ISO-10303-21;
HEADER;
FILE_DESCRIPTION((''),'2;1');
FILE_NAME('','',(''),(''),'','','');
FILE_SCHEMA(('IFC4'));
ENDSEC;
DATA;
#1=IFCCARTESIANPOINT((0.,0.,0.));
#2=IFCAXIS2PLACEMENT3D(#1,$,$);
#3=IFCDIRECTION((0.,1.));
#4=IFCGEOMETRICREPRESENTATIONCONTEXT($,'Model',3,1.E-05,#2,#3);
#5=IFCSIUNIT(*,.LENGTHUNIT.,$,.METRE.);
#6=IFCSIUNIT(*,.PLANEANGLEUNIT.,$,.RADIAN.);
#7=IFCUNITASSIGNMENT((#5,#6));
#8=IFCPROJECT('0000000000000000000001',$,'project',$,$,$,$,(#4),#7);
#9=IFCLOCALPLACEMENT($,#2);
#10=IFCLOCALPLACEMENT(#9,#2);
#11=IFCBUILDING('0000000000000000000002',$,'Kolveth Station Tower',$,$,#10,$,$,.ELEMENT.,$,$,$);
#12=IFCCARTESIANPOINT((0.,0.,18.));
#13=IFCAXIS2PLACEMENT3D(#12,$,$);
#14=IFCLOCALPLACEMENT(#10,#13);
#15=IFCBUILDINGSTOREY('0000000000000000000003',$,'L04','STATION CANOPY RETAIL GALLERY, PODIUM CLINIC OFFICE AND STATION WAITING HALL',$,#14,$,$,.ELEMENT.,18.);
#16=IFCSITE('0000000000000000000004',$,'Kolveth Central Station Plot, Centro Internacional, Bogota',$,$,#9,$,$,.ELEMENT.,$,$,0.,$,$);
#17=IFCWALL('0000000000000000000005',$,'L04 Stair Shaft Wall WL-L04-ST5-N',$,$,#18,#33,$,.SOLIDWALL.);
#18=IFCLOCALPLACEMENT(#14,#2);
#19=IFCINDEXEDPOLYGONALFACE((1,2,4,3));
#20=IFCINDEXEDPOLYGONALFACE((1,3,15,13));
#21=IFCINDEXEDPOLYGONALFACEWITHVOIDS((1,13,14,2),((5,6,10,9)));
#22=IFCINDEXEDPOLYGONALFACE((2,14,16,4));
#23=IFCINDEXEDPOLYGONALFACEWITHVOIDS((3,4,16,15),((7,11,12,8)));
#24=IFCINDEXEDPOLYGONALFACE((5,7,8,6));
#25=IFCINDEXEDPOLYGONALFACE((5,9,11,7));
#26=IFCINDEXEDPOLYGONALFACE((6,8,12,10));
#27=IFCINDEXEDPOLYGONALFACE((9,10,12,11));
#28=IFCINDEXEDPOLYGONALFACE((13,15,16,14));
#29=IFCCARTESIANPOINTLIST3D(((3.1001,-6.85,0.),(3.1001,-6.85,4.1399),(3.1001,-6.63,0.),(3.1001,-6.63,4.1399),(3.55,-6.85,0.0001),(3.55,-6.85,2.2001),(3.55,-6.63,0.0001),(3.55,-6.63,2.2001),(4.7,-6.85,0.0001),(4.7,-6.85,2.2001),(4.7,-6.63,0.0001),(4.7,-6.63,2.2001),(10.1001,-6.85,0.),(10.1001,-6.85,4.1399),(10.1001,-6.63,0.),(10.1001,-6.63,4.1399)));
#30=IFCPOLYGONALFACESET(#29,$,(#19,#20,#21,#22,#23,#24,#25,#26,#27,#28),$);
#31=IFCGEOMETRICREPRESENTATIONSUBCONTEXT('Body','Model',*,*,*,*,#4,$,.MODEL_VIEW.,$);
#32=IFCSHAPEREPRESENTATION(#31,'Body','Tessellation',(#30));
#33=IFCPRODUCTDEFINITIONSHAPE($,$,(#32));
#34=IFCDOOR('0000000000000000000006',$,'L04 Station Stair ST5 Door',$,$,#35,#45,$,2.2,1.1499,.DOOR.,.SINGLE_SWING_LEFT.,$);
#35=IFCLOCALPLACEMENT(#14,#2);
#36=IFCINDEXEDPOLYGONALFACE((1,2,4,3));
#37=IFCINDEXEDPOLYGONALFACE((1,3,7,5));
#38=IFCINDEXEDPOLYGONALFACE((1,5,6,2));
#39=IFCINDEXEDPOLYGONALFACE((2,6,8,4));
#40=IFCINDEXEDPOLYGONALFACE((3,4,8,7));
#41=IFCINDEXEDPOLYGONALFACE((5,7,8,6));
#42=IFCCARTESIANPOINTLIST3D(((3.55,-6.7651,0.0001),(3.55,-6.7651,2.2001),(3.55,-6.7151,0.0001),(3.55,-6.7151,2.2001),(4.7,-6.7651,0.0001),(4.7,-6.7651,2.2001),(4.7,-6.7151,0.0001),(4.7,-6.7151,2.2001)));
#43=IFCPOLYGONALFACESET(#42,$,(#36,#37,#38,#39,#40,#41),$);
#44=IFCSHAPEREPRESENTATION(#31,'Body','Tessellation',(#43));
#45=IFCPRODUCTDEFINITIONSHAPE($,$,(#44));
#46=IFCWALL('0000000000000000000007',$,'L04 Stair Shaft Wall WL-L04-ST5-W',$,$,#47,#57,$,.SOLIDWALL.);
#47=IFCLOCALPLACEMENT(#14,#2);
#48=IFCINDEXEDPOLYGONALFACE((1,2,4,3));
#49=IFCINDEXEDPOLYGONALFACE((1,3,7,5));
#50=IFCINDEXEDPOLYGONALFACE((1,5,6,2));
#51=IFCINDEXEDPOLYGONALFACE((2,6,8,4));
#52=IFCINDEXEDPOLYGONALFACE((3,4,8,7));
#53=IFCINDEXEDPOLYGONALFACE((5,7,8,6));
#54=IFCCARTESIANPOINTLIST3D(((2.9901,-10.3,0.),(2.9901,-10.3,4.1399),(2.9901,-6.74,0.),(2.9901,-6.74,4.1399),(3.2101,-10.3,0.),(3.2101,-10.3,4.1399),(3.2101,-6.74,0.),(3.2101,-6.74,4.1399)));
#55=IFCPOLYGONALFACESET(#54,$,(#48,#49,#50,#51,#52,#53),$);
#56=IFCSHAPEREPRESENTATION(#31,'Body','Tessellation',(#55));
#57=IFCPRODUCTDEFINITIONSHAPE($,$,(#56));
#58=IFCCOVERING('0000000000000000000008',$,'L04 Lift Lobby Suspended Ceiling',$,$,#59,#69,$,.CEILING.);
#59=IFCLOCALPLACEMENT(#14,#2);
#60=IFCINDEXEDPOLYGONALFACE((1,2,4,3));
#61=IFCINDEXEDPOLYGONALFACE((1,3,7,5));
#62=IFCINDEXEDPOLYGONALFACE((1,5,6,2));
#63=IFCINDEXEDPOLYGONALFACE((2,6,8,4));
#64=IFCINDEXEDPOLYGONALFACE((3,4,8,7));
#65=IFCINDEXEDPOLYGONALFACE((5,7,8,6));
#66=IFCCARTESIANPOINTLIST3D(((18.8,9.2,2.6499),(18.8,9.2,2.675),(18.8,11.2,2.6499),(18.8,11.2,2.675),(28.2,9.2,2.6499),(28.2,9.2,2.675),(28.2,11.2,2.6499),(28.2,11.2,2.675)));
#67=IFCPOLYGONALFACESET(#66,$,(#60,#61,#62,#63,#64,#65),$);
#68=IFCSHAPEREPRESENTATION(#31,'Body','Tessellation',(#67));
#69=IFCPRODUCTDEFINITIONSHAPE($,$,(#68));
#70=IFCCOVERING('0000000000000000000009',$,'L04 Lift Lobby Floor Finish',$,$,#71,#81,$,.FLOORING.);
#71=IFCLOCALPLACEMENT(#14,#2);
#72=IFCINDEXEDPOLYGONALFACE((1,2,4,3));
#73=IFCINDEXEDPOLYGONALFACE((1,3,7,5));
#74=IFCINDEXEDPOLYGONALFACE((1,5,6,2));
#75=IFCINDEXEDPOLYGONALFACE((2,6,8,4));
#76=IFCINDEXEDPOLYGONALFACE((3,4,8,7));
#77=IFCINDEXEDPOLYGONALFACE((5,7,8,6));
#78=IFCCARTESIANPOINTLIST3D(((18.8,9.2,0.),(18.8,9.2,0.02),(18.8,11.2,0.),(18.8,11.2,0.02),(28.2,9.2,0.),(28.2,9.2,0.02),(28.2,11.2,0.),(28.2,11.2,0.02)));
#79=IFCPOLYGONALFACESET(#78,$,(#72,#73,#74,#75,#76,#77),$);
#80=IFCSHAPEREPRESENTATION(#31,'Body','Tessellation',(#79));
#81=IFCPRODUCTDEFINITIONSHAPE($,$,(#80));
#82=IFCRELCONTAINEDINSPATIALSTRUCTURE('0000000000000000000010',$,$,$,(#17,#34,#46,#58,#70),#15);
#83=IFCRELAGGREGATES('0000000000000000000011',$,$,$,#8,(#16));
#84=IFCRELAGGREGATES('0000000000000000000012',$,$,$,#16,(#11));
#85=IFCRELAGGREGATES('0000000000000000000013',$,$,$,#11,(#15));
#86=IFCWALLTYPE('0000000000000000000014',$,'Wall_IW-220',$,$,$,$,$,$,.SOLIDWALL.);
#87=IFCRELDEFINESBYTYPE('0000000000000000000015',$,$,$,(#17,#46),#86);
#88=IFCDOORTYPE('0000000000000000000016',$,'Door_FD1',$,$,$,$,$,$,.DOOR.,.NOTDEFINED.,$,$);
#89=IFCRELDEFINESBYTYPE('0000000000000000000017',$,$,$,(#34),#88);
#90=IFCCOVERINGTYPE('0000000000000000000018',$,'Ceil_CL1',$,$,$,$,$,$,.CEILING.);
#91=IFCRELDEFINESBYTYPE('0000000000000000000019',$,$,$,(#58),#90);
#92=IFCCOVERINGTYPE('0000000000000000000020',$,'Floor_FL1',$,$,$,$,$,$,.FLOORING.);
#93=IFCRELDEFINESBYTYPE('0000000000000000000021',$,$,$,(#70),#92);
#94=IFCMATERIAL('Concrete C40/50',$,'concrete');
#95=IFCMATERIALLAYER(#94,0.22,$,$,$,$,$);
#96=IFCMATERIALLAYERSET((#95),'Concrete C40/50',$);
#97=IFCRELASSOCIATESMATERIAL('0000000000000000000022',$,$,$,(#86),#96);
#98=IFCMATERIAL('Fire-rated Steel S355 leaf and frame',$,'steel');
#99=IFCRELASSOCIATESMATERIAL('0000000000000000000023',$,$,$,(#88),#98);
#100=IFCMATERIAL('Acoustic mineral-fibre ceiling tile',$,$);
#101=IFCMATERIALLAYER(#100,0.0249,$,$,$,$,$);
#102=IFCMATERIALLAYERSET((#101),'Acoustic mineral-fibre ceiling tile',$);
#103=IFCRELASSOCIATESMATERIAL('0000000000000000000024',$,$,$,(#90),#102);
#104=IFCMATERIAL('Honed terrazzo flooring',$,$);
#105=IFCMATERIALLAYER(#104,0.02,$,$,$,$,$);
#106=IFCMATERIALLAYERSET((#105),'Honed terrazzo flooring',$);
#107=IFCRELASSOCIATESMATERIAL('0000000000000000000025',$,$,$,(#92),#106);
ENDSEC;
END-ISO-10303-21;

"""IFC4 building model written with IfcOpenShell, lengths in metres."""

from ifc_helpers import new_model, si_unit, direction, frame, frame_2d, origin, place, context, subcontext, project, spatial, polyline, rectangle, outline, extrude, material, layer, layer_set, type_object, element, fill, save


model = new_model("IFC4")

# Units and contexts
model_context = context("Model", 3, precision=1e-05, world=origin(), true_north=direction((0.0, 1.0)))
body_context = subcontext(model_context, "Body", "Model", "MODEL_VIEW")
ifc_project = project(units=[si_unit("LENGTHUNIT", "METRE"), si_unit("PLANEANGLEUNIT", "RADIAN")], contexts=[model_context])

# Site, building, storey
site_placement = place(None, origin())
site = spatial("IfcSite", under=ifc_project, at=site_placement, Name="Kolveth Central Station Plot, Centro Internacional, Bogota", CompositionType="ELEMENT", RefElevation=0.0)
building_placement = place(site_placement, origin())
building = spatial("IfcBuilding", under=site, at=building_placement, Name="Kolveth Station Tower", CompositionType="ELEMENT")
storey_placement = place(building_placement, frame((0.0, 0.0, 18.0)))
storey = spatial("IfcBuildingStorey", under=building, at=storey_placement, Name="L04", Description="STATION CANOPY RETAIL GALLERY, PODIUM CLINIC OFFICE AND STATION WAITING HALL", CompositionType="ELEMENT", Elevation=18.0)

# Shared definitions
ifc_material_1 = material(Name="Concrete C40/50", Category="concrete")

# Shared definitions
ifc_layer_1 = layer(ifc_material_1, 0.22)
ifc_layer_set_1 = layer_set([ifc_layer_1], Name="Concrete C40/50")
wall_type_1 = type_object("IfcWallType", Name="Wall_IW-220", PredefinedType="SOLIDWALL", material=ifc_layer_set_1)

# Wall, opening, door
wall_1_placement = place(storey_placement, frame((3.1001, -6.74, 0.0), z_axis=(0.0, 0.0, 1.0), x_axis=(1.0, 0.0, 0.0)))
wall_1 = element("IfcWall", 1, at=wall_1_placement, inside=storey, type_object=wall_type_1, Name="L04 Stair Shaft Wall WL-L04-ST5-N", PredefinedType="SOLIDWALL", context=body_context, shape_type="SweptSolid", body=[
    extrude(rectangle(XDim=7.0, YDim=0.22, at=frame_2d((3.5, 0.0))), origin(), (0.0, 0.0, 1.0), 4.1399),
])
opening_1_placement = place(wall_1_placement, frame((0.45, 0.0, 0.0)))
opening_1 = element("IfcOpeningElement", 2, at=opening_1_placement, cuts=wall_1, PredefinedType="OPENING", context=body_context, shape_type="SweptSolid", body=[
    extrude(rectangle(XDim=1.1499, YDim=2.2, at=frame_2d((0.575, 1.1001))), frame((0.0, 0.1199, 0.0), z_axis=(0.0, -1.0, 0.0), x_axis=(1.0, 0.0, 0.0)), (0.0, 0.0, 1.0), 0.24),
])
ifc_material_2 = material(Name="Fire-rated Steel S355 leaf and frame", Category="steel")
door_type = type_object("IfcDoorType", Name="Door_FD1", OperationType="NOTDEFINED", PredefinedType="DOOR", material=ifc_material_2)
door_placement = place(opening_1_placement, origin())
door = element("IfcDoor", 3, at=door_placement, inside=storey, type_object=door_type, Name="L04 Station Stair ST5 Door", OperationType="SINGLE_SWING_LEFT", OverallHeight=2.2, OverallWidth=1.1499, PredefinedType="DOOR", context=body_context, shape_type="SweptSolid", body=[
    extrude(rectangle(XDim=1.1499, YDim=2.2, at=frame_2d((0.575, 1.1001))), frame((0.0, 0.0249, 0.0), z_axis=(0.0, -1.0, 0.0), x_axis=(1.0, 0.0, 0.0)), (0.0, 0.0, 1.0), 0.05),
])
fill(opening_1, door)

# Wall
wall_2_placement = place(storey_placement, frame((3.1001, -10.3, 0.0), z_axis=(0.0, 0.0, 1.0), x_axis=(0.0, 1.0, 0.0)))
element("IfcWall", 4, at=wall_2_placement, inside=storey, type_object=wall_type_1, Name="L04 Stair Shaft Wall WL-L04-ST5-W", PredefinedType="SOLIDWALL", context=body_context, shape_type="SweptSolid", body=[
    extrude(rectangle(XDim=3.5601, YDim=0.22, at=frame_2d((1.78, 0.0))), origin(), (0.0, 0.0, 1.0), 4.1399),
])

# Coverings
ifc_material_3 = material(Name="Acoustic mineral-fibre ceiling tile")
ifc_layer_2 = layer(ifc_material_3, 0.0249)
ifc_layer_set_2 = layer_set([ifc_layer_2], Name="Acoustic mineral-fibre ceiling tile")
covering_type_1 = type_object("IfcCoveringType", Name="Ceil_CL1", PredefinedType="CEILING", material=ifc_layer_set_2)
covering_1_placement = place(storey_placement, frame((0.0, 0.0, 2.6499)))
element("IfcCovering", 5, at=covering_1_placement, inside=storey, type_object=covering_type_1, Name="L04 Lift Lobby Suspended Ceiling", PredefinedType="CEILING", context=body_context, shape_type="SweptSolid", body=[
    extrude(outline(polyline([(18.8, 9.2), (28.2, 9.2), (28.2, 11.2), (18.8, 11.2), (18.8, 9.2)])), origin(), (0.0, 0.0, 1.0), 0.0251),
])
ifc_material_4 = material(Name="Honed terrazzo flooring")
ifc_layer_3 = layer(ifc_material_4, 0.02)
ifc_layer_set_3 = layer_set([ifc_layer_3], Name="Honed terrazzo flooring")
covering_type_2 = type_object("IfcCoveringType", Name="Floor_FL1", PredefinedType="FLOORING", material=ifc_layer_set_3)
covering_2_placement = place(storey_placement, origin())
element("IfcCovering", 6, at=covering_2_placement, inside=storey, type_object=covering_type_2, Name="L04 Lift Lobby Floor Finish", PredefinedType="FLOORING", context=body_context, shape_type="SweptSolid", body=[
    extrude(outline(polyline([(18.8, 9.2), (28.2, 9.2), (28.2, 11.2), (18.8, 11.2), (18.8, 9.2)])), origin(), (0.0, 0.0, 1.0), 0.02),
])

save(model, "model.ifc")
